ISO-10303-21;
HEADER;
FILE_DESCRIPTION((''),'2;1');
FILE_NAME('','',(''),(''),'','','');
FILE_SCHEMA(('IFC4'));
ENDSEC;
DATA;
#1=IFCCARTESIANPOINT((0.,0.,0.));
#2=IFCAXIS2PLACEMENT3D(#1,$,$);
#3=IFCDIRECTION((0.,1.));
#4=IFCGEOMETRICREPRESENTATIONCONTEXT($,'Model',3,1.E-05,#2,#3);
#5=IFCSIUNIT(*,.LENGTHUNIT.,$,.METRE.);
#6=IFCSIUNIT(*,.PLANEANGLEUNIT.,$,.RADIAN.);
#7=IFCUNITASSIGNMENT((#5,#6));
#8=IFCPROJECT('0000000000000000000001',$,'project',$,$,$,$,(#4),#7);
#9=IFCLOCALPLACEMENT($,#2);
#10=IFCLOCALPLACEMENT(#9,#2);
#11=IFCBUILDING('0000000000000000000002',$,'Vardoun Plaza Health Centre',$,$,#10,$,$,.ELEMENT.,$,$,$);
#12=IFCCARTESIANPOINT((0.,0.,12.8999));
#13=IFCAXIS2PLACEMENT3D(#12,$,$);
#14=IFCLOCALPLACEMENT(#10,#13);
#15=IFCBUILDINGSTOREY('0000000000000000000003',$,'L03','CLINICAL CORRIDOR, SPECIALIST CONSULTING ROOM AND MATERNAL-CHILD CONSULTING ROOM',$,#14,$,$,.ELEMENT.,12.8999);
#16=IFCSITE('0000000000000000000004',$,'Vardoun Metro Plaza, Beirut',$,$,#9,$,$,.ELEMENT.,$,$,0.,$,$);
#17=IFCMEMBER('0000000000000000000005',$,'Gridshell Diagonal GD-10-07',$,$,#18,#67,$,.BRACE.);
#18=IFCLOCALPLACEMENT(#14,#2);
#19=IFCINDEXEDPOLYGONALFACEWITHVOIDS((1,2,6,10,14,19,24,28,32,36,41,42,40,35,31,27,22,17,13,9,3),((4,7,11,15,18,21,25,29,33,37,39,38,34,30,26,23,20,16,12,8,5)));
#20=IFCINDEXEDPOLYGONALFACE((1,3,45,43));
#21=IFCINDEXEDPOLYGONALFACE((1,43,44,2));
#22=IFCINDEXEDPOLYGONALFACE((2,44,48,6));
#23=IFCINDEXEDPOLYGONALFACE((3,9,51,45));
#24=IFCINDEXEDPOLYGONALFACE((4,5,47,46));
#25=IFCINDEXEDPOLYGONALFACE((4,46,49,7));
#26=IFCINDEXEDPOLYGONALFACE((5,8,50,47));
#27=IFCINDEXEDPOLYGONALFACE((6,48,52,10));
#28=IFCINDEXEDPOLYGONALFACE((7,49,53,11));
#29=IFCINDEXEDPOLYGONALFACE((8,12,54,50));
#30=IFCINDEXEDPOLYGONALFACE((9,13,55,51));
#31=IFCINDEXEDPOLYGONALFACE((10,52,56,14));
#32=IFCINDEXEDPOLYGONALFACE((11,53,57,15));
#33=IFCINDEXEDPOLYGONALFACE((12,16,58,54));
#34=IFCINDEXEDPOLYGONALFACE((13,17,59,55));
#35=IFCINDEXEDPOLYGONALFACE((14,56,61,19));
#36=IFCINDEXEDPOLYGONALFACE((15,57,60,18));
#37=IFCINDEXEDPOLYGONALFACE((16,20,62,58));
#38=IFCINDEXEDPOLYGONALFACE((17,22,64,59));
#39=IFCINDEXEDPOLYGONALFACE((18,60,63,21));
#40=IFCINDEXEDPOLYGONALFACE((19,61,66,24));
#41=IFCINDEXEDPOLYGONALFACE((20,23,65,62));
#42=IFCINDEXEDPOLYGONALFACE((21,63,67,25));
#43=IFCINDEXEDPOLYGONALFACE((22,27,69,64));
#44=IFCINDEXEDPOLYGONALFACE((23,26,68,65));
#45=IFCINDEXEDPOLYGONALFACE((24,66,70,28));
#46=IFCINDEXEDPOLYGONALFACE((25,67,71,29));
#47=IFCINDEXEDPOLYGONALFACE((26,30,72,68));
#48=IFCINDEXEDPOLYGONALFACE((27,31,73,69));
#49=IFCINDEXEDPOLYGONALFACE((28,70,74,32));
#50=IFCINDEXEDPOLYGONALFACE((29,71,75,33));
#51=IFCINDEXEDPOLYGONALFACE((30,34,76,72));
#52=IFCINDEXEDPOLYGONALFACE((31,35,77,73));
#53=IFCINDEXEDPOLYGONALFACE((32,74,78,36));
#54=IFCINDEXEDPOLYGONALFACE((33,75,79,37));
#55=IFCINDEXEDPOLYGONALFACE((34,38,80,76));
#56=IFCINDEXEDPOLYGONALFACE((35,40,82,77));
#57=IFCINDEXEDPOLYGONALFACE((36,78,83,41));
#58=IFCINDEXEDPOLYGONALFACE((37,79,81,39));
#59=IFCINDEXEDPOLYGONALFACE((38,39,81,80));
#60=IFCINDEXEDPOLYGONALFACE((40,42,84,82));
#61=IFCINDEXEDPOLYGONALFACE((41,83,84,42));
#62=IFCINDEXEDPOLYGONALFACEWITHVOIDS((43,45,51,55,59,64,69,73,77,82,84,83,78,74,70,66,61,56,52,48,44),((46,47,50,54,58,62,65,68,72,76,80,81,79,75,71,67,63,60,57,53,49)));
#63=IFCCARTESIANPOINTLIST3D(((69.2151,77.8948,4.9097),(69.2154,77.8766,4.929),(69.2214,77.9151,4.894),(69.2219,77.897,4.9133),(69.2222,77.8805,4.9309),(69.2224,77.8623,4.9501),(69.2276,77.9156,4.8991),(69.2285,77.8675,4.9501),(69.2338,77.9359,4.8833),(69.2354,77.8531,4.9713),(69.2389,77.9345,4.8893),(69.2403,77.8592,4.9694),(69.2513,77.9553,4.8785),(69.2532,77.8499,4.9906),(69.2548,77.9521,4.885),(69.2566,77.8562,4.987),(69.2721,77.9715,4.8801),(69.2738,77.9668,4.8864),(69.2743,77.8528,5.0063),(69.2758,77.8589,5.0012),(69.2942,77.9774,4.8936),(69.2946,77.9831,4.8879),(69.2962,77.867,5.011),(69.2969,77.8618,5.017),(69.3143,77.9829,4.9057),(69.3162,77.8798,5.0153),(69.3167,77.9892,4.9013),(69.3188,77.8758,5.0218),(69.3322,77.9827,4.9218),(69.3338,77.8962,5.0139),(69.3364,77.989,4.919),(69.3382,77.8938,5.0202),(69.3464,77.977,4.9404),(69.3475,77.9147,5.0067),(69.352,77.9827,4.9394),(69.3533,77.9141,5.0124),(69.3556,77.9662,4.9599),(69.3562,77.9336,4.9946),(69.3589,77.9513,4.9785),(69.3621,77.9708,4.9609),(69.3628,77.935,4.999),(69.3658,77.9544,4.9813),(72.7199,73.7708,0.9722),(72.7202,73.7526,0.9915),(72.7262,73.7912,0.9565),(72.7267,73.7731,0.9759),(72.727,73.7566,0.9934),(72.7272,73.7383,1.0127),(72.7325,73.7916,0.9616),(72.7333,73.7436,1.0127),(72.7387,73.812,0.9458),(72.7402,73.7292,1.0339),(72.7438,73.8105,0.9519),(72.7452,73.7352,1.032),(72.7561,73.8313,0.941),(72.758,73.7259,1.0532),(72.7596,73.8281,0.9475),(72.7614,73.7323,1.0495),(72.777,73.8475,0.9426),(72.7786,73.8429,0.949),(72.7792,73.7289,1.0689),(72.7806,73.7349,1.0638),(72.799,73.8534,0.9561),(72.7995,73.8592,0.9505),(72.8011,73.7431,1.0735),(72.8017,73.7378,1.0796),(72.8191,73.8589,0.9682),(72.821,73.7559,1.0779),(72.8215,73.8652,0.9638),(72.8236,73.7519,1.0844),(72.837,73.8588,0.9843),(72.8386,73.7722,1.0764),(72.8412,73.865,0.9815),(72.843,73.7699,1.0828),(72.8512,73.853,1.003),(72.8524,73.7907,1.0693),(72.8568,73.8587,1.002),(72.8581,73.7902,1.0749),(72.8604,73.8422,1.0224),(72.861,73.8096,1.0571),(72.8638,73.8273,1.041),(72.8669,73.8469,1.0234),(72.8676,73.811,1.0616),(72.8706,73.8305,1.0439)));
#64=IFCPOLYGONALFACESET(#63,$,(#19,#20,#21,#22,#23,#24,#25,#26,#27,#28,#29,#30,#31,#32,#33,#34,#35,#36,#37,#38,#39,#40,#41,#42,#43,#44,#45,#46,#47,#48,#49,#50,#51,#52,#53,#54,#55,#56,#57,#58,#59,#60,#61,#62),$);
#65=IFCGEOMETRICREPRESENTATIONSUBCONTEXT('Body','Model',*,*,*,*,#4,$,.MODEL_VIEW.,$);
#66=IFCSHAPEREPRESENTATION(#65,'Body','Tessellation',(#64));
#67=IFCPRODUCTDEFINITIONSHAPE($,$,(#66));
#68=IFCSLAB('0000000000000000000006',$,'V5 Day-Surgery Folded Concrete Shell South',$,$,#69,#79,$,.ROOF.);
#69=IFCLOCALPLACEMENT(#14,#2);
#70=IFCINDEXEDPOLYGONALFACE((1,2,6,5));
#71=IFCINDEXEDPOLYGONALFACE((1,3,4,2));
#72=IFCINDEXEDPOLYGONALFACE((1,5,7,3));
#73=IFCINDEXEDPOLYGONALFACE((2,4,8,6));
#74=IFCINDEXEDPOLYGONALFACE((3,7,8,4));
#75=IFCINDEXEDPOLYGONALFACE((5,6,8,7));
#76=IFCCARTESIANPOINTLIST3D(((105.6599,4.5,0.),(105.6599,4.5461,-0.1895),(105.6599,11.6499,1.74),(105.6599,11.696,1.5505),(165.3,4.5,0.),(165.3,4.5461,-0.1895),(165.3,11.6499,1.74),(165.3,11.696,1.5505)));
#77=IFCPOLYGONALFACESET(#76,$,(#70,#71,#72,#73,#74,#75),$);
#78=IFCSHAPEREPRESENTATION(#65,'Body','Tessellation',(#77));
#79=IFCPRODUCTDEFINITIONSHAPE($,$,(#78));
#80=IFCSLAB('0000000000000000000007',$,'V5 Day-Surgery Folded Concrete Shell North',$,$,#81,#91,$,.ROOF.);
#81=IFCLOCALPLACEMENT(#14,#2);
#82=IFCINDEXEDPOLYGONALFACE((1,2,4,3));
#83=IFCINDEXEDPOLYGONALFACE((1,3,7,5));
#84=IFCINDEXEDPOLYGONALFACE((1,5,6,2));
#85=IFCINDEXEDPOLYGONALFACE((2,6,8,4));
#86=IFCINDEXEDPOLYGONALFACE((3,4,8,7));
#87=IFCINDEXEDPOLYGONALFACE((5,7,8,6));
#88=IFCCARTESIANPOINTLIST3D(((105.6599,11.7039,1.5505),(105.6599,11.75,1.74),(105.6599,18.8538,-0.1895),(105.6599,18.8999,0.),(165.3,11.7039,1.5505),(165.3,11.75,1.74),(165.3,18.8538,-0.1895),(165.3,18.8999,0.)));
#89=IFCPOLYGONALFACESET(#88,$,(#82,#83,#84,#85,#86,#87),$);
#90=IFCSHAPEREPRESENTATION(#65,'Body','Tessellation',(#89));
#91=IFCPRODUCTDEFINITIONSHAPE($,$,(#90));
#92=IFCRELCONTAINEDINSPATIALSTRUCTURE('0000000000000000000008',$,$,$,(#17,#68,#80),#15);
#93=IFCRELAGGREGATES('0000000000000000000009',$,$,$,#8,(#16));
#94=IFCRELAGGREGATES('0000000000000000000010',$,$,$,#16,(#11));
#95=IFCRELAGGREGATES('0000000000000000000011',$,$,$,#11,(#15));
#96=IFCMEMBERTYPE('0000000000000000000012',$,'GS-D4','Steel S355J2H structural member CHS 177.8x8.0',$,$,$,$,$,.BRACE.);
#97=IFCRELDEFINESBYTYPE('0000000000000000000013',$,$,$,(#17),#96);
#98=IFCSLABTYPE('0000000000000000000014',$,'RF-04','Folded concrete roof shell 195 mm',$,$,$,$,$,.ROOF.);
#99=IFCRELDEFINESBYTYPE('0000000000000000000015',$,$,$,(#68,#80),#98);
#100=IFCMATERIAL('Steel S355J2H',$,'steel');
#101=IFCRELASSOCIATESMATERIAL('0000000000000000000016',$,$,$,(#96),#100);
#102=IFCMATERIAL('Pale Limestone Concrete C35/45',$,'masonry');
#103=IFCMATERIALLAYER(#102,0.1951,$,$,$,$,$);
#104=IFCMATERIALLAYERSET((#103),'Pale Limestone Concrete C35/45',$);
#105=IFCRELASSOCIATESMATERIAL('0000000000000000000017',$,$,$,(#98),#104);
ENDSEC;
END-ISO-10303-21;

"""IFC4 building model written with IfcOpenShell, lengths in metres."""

from ifc_helpers import new_model, si_unit, direction, frame, origin, origin_2d, place, context, subcontext, project, spatial, polyline, hollow_circle, outline, extrude, material, layer, layer_set, material_profile, profile_set, type_object, element, save


model = new_model("IFC4")

# Units and contexts
model_context = context("Model", 3, precision=1e-05, world=origin(), true_north=direction((0.0, 1.0)))
body_context = subcontext(model_context, "Body", "Model", "MODEL_VIEW")
ifc_project = project(units=[si_unit("LENGTHUNIT", "METRE"), si_unit("PLANEANGLEUNIT", "RADIAN")], contexts=[model_context])

# Site, building, storey
site_placement = place(None, origin())
site = spatial("IfcSite", under=ifc_project, at=site_placement, Name="Vardoun Metro Plaza, Beirut", CompositionType="ELEMENT", RefElevation=0.0)
building_placement = place(site_placement, origin())
building = spatial("IfcBuilding", under=site, at=building_placement, Name="Vardoun Plaza Health Centre", CompositionType="ELEMENT")
storey_placement = place(building_placement, frame((0.0, 0.0, 12.8999)))
storey = spatial("IfcBuildingStorey", under=building, at=storey_placement, Name="L03", Description="CLINICAL CORRIDOR, SPECIALIST CONSULTING ROOM AND MATERNAL-CHILD CONSULTING ROOM", CompositionType="ELEMENT", Elevation=12.8999)

# Member
ifc_material_1 = material(Name="Steel S355J2H", Category="steel")
ifc_material_profile_1 = material_profile(ifc_material_1, hollow_circle(Radius=0.0889, WallThickness=0.0081, at=origin_2d()), Name="CHS 177.8x8.0")
ifc_profile_set_1 = profile_set([ifc_material_profile_1], Name="Steel S355J2H")
member_type_1 = type_object("IfcMemberType", Name="GS-D4", Description="Steel S355J2H structural member CHS 177.8x8.0", PredefinedType="BRACE", material=ifc_profile_set_1)
member_1_placement = place(storey_placement, frame((72.7949, 73.7959, 1.0127), z_axis=(-0.523667, 0.616174, 0.588305), x_axis=(-0.761988, -0.647591, 0.0)))
element("IfcMember", 1, at=member_1_placement, inside=storey, type_object=member_type_1, Name="Gridshell Diagonal GD-10-07", PredefinedType="BRACE", context=body_context, shape_type="SweptSolid", body=[
    extrude(hollow_circle(Radius=0.0889, WallThickness=0.0081, at=origin_2d()), origin(), (0.0, 0.0, 1.0), 6.6929),
])

# Slabs
ifc_material_2 = material(Name="Pale Limestone Concrete C35/45", Category="masonry")
ifc_layer = layer(ifc_material_2, 0.1951)
ifc_layer_set = layer_set([ifc_layer], Name="Pale Limestone Concrete C35/45")
slab_type = type_object("IfcSlabType", Name="RF-04", Description="Folded concrete roof shell 195 mm", PredefinedType="ROOF", material=ifc_layer_set)
for number, where, z_axis, x_axis, name in (
    (2, (105.6599, 4.5, 0.0), (0.0, -0.236457, 0.971642), (1.0, 0.0, 0.0), "V5 Day-Surgery Folded Concrete Shell South"),
    (3, (105.6599, 11.75, 1.74), (0.0, 0.236457, 0.971642), (1.0, 0.0, 0.0), "V5 Day-Surgery Folded Concrete Shell North"),
):
    element("IfcSlab", number, at=place(storey_placement, frame(where, z_axis=z_axis, x_axis=x_axis)), inside=storey, type_object=slab_type, Name=name, PredefinedType="ROOF", context=body_context, shape_type="SweptSolid", body=[
        extrude(outline(polyline([(0.0, 0.0), (59.6401, 0.0), (59.6401, 7.3586), (0.0, 7.3586), (0.0, 0.0)])), origin(), (0.0, 0.0, -1.0), 0.1951),
    ])

save(model, "model.ifc")
